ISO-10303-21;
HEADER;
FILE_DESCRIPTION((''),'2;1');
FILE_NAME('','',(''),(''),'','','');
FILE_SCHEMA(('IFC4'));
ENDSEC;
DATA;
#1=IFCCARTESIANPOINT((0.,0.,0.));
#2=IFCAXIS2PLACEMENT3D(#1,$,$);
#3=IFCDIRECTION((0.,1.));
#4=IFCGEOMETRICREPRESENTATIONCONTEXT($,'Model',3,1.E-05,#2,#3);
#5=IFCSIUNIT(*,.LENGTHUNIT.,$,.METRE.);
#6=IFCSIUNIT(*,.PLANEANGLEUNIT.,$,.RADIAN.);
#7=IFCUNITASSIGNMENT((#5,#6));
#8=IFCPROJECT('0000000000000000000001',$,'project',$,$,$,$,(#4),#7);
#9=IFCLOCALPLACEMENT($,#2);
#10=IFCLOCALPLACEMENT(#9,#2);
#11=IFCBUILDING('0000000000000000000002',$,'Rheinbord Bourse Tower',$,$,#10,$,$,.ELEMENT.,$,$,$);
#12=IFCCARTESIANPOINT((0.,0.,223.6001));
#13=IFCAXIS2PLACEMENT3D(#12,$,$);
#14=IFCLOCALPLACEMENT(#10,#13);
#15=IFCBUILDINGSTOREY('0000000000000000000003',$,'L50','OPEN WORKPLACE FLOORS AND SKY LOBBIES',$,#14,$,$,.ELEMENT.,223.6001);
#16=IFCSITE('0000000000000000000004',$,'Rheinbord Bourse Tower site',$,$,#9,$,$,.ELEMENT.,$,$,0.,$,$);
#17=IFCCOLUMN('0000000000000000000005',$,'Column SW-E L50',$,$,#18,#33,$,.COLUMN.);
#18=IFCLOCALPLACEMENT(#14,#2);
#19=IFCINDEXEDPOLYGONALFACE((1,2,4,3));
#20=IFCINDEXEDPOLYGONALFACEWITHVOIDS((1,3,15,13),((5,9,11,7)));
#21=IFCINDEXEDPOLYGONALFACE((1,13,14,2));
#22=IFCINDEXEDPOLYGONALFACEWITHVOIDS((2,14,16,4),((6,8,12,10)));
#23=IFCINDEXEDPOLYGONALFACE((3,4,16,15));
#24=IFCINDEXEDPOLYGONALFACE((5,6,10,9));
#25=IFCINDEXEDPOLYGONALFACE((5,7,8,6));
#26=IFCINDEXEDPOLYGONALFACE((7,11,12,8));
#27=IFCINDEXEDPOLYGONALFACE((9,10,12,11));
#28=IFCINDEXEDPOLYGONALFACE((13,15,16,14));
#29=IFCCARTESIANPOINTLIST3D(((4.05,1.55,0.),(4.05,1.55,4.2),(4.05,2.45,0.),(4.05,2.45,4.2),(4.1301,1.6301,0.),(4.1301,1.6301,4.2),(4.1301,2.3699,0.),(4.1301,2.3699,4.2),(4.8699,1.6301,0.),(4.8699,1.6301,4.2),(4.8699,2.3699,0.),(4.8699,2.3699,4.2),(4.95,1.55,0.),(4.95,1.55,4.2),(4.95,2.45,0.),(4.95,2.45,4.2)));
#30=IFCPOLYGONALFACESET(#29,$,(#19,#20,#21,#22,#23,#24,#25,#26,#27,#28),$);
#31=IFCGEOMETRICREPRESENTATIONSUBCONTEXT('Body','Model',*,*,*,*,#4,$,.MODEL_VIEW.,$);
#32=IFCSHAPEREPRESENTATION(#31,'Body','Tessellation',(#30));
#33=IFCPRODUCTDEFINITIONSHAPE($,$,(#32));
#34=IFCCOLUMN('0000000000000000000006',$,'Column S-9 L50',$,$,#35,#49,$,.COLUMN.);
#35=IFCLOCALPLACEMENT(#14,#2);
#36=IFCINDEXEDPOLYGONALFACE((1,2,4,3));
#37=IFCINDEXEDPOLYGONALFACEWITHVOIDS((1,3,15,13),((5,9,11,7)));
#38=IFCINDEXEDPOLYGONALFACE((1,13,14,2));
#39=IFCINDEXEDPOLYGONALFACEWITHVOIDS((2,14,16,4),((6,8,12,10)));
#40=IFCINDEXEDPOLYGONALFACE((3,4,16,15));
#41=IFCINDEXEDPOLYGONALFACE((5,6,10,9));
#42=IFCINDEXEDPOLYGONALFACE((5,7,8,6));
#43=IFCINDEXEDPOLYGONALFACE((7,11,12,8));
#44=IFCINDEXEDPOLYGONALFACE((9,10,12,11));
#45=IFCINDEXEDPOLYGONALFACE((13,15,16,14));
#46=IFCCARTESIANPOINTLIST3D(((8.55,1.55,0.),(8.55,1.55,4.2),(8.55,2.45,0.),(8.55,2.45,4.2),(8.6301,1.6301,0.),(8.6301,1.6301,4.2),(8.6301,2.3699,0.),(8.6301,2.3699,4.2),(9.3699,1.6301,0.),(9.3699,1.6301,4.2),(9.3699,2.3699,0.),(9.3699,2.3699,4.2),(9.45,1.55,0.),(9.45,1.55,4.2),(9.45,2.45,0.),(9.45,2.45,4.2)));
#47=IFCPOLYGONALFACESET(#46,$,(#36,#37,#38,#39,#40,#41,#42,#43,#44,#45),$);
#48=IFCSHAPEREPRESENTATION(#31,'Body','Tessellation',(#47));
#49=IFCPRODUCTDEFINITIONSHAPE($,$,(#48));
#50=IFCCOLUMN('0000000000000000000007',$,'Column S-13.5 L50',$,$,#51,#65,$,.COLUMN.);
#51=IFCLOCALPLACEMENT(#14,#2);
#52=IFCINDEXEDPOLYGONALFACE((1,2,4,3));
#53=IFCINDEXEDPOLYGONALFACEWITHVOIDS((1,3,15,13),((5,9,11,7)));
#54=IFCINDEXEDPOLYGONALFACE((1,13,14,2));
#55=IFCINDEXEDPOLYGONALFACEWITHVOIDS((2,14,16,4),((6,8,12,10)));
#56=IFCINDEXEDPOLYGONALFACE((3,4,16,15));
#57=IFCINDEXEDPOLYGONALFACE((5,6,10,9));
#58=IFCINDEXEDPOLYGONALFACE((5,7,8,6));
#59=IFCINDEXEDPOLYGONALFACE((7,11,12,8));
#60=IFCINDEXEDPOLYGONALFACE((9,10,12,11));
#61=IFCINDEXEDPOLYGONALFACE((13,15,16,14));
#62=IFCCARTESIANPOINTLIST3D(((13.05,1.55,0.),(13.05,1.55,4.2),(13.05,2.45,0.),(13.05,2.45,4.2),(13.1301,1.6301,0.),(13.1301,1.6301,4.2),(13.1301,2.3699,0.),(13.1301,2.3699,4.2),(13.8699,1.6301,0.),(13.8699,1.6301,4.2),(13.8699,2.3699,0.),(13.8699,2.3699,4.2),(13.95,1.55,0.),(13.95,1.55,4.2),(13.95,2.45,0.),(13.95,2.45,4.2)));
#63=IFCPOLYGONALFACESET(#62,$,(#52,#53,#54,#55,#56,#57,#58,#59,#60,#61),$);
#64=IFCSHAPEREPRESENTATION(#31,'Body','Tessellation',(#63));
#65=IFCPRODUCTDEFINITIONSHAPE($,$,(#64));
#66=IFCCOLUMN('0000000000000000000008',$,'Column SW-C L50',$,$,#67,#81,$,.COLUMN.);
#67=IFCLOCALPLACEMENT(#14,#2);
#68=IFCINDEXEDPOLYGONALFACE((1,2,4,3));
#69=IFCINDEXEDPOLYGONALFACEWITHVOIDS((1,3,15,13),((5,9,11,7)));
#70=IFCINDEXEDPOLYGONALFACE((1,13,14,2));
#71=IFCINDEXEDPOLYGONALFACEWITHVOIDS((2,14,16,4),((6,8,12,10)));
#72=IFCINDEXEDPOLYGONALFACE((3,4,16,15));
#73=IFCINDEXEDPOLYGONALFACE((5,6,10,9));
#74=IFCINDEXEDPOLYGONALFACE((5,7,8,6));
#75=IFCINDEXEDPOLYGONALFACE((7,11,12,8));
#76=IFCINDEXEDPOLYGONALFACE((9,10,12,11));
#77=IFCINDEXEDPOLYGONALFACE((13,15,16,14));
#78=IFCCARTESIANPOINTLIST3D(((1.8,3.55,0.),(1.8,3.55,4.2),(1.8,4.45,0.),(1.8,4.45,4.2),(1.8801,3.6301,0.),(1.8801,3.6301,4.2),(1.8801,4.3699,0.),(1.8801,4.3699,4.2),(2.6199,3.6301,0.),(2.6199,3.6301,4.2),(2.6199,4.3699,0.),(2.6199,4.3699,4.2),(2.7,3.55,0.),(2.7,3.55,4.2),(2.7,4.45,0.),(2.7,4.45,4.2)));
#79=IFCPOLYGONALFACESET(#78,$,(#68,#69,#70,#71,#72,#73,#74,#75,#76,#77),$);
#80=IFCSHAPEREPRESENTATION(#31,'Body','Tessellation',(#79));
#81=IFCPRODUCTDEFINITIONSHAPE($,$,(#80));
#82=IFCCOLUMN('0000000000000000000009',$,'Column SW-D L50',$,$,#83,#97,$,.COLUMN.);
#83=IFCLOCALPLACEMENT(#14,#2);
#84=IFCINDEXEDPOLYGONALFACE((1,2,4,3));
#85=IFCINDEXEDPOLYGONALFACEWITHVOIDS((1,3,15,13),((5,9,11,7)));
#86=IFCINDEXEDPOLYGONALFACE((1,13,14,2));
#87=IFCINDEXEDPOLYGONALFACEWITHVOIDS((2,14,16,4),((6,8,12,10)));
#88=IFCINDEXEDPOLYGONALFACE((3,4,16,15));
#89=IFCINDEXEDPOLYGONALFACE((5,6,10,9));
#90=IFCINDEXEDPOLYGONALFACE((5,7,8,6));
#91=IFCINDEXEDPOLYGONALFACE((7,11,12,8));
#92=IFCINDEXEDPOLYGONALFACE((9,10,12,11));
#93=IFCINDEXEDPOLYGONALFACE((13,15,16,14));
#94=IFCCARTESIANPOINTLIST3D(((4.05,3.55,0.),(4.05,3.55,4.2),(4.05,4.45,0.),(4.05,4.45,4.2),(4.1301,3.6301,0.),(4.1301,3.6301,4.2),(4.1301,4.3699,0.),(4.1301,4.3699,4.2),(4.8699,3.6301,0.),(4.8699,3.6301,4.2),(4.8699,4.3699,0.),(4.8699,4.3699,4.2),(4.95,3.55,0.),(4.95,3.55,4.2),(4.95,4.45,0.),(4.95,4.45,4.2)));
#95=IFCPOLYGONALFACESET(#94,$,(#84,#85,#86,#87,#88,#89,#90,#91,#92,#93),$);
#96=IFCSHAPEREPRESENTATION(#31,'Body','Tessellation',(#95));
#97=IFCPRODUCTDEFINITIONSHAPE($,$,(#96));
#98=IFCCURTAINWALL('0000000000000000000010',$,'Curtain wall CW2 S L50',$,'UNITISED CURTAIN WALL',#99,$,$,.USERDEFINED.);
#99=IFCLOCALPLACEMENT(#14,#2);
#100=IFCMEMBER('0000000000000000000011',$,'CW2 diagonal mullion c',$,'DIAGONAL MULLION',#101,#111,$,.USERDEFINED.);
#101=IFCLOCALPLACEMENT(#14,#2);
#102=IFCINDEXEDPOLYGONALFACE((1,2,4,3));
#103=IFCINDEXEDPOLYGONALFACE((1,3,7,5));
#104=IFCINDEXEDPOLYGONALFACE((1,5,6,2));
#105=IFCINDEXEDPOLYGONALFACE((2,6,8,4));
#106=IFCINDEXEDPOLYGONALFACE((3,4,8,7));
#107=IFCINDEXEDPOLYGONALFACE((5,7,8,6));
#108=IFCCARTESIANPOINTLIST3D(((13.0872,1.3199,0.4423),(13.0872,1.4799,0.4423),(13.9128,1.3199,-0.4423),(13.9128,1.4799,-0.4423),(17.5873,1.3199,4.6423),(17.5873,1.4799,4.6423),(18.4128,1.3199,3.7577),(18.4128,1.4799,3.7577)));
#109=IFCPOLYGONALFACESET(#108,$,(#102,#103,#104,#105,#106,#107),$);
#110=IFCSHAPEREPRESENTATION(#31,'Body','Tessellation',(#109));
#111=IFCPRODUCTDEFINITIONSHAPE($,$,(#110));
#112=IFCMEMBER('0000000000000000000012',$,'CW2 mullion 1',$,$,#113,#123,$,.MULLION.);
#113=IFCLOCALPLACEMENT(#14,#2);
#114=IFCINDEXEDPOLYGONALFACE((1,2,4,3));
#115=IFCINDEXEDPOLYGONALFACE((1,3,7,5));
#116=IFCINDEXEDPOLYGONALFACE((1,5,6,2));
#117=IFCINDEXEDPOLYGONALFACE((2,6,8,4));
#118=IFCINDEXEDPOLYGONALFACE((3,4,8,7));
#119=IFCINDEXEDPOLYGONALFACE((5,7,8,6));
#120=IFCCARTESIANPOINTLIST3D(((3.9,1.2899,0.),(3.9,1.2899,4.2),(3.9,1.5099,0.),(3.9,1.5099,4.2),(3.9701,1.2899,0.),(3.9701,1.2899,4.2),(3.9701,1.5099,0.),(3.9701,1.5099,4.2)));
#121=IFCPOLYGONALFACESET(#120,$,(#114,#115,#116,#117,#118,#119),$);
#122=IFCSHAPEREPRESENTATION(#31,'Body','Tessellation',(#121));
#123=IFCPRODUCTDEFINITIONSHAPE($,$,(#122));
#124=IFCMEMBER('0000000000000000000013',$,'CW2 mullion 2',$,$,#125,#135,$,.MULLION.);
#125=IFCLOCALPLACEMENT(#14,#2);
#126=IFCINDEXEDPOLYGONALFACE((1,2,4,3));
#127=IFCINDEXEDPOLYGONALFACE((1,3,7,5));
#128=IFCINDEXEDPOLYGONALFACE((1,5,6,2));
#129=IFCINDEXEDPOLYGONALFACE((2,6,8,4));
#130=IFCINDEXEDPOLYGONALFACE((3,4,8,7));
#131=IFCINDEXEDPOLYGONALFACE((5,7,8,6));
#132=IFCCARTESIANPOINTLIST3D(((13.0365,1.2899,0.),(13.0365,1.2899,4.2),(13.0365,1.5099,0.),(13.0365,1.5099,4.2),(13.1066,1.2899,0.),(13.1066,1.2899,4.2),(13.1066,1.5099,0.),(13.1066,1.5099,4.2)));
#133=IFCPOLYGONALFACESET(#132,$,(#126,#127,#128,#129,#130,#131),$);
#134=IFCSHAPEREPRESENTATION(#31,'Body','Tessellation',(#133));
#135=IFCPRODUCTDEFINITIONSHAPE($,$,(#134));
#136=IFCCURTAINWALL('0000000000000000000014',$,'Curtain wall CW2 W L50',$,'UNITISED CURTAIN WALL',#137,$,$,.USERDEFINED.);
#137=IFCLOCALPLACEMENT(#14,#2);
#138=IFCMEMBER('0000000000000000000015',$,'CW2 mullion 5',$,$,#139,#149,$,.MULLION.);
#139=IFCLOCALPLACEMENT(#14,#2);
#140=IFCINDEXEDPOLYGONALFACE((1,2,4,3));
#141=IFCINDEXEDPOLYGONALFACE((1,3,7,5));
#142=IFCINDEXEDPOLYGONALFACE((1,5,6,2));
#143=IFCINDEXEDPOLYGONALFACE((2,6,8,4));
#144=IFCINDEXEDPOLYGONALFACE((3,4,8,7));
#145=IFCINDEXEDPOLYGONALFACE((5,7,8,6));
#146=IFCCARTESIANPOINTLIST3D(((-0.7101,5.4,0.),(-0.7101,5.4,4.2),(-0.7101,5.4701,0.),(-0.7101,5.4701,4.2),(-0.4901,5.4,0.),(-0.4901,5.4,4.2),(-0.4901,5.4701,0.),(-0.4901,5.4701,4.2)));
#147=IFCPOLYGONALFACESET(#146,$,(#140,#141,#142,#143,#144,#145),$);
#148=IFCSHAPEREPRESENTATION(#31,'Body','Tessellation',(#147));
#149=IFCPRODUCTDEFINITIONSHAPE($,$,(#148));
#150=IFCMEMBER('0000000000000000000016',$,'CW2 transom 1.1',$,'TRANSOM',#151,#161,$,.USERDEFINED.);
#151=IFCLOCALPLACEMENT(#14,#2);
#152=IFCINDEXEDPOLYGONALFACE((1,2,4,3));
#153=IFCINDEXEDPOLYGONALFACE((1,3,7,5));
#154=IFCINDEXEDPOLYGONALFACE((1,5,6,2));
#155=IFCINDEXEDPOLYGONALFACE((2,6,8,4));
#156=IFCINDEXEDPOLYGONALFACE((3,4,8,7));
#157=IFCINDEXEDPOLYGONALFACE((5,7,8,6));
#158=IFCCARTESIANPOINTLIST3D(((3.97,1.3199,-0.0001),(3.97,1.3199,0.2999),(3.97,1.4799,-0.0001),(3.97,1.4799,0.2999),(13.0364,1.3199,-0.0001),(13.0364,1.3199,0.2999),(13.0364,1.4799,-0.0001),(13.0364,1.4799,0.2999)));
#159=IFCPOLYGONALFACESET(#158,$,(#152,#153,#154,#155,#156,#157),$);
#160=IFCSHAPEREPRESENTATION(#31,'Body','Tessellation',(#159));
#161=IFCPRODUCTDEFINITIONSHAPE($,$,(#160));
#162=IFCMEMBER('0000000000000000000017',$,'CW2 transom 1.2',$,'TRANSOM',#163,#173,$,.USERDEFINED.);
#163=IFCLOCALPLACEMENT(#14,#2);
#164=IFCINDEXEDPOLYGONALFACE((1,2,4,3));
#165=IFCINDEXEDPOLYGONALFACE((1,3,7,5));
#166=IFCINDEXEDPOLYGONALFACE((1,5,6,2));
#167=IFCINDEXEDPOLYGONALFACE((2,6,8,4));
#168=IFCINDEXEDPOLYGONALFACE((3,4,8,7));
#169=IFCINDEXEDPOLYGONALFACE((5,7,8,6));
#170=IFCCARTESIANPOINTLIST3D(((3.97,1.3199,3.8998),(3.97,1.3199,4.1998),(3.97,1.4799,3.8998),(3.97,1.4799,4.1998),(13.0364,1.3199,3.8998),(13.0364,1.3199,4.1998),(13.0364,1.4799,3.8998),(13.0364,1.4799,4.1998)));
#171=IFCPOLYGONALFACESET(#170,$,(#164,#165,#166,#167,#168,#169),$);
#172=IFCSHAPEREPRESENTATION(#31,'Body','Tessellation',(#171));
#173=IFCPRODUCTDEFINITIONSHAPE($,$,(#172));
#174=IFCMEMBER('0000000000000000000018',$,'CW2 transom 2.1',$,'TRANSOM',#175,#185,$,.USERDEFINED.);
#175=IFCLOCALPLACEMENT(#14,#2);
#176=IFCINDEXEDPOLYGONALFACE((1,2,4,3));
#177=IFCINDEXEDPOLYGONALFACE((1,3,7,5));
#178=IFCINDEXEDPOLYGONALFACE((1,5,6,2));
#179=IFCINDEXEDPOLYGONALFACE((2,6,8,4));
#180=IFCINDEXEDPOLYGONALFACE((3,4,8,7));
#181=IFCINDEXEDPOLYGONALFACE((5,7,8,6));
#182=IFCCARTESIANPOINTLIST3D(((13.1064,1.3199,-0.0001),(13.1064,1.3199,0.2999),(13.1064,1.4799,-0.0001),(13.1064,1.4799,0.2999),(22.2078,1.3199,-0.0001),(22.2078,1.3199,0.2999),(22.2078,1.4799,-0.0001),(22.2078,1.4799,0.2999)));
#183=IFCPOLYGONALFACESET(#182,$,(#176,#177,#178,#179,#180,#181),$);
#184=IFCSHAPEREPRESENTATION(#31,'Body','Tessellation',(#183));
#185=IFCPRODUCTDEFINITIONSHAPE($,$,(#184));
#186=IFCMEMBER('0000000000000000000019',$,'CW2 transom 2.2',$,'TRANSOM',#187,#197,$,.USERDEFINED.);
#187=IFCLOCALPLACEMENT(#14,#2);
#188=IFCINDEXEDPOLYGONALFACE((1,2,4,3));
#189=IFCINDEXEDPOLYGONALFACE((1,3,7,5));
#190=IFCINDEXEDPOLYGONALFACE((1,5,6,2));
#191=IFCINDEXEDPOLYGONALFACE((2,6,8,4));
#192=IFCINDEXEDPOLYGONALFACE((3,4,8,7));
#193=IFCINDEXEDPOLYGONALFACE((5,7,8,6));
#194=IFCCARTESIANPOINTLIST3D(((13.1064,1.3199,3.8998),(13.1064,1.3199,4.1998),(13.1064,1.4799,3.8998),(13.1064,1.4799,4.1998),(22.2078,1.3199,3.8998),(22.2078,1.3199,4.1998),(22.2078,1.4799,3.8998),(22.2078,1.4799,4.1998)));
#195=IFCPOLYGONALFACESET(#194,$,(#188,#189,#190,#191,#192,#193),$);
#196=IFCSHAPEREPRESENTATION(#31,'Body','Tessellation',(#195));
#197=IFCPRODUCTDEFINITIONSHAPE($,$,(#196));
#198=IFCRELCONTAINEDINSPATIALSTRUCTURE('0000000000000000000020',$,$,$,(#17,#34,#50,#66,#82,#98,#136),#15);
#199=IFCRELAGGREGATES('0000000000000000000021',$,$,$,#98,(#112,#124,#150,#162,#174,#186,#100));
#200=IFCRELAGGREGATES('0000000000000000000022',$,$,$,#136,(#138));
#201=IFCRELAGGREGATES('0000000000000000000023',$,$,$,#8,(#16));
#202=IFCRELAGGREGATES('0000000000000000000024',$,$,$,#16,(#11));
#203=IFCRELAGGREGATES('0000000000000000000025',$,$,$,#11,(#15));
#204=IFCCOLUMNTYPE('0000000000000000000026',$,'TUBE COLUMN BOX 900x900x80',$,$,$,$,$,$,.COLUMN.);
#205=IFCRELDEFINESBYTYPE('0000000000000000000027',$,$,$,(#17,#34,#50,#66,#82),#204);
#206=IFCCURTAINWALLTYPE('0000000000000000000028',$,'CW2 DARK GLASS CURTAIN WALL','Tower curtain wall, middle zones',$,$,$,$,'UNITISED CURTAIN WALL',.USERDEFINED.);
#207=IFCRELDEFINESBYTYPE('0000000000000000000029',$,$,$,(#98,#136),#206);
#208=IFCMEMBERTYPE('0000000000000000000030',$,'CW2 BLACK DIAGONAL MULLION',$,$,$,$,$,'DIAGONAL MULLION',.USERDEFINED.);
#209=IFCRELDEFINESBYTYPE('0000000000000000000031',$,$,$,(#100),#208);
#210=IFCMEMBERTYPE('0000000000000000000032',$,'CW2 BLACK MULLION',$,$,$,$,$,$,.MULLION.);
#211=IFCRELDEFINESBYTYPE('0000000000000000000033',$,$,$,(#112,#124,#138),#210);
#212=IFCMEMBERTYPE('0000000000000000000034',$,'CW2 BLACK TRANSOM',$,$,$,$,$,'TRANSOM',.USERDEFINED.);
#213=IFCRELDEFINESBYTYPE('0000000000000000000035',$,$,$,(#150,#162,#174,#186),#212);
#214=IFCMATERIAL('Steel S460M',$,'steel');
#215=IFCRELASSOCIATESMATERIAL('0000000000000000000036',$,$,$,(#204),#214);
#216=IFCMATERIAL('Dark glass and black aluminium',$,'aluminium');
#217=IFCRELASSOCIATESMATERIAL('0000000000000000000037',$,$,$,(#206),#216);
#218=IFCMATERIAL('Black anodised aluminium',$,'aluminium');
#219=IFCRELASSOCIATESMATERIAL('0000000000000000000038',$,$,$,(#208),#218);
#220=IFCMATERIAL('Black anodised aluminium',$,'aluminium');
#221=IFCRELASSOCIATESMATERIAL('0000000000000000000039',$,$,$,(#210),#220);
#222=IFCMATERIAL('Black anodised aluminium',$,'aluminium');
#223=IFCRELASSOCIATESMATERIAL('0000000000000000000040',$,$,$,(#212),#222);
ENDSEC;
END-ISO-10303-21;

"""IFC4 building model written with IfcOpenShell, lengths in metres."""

from ifc_helpers import new_model, si_unit, direction, frame, origin, origin_2d, place, context, subcontext, project, spatial, rectangle, hollow_rectangle, extrude, material, material_profile, profile_set, type_object, element, aggregate, save


model = new_model("IFC4")

# Units and contexts
model_context = context("Model", 3, precision=1e-05, world=origin(), true_north=direction((0.0, 1.0)))
body_context = subcontext(model_context, "Body", "Model", "MODEL_VIEW")
ifc_project = project(units=[si_unit("LENGTHUNIT", "METRE"), si_unit("PLANEANGLEUNIT", "RADIAN")], contexts=[model_context])

# Site, building, storey
site_placement = place(None, origin())
site = spatial("IfcSite", under=ifc_project, at=site_placement, Name="Rheinbord Bourse Tower site", CompositionType="ELEMENT", RefElevation=0.0)
building_placement = place(site_placement, origin())
building = spatial("IfcBuilding", under=site, at=building_placement, Name="Rheinbord Bourse Tower", CompositionType="ELEMENT")
storey_placement = place(building_placement, frame((0.0, 0.0, 223.6001)))
storey = spatial("IfcBuildingStorey", under=building, at=storey_placement, Name="L50", Description="OPEN WORKPLACE FLOORS AND SKY LOBBIES", CompositionType="ELEMENT", Elevation=223.6001)

# Columns
ifc_material_1 = material(Name="Steel S460M", Category="steel")
ifc_material_profile_1 = material_profile(ifc_material_1, hollow_rectangle(XDim=0.8999, YDim=0.8999, WallThickness=0.0801, at=origin_2d()), Name="BOX 900x900x80")
ifc_profile_set_1 = profile_set([ifc_material_profile_1], Name="Steel S460M")
column_type = type_object("IfcColumnType", Name="TUBE COLUMN BOX 900x900x80", PredefinedType="COLUMN", material=ifc_profile_set_1)
for number, where, z_axis, x_axis, name in (
    (1, (4.5, 2.0, 0.0), (0.0, 0.0, 1.0), (0.0, 1.0, 0.0), "Column SW-E L50"),
    (2, (9.0, 2.0, 0.0), (0.0, 0.0, 1.0), (0.0, 1.0, 0.0), "Column S-9 L50"),
    (3, (13.5, 2.0, 0.0), (0.0, 0.0, 1.0), (0.0, 1.0, 0.0), "Column S-13.5 L50"),
    (4, (2.25, 4.0, 0.0), (0.0, 0.0, 1.0), (1.0, 0.0, 0.0), "Column SW-C L50"),
    (5, (4.5, 4.0, 0.0), (0.0, 0.0, 1.0), (0.0, 1.0, 0.0), "Column SW-D L50"),
):
    element("IfcColumn", number, at=place(storey_placement, frame(where, z_axis=z_axis, x_axis=x_axis)), inside=storey, type_object=column_type, Name=name, PredefinedType="COLUMN", context=body_context, shape_type="SweptSolid", body=[
        extrude(hollow_rectangle(XDim=0.8999, YDim=0.8999, WallThickness=0.0801, at=origin_2d()), origin(), (0.0, 0.0, 1.0), 4.2),
    ])

# Curtain wall, members
ifc_material_2 = material(Name="Dark glass and black aluminium", Category="aluminium")
curtain_wall_type = type_object("IfcCurtainWallType", Name="CW2 DARK GLASS CURTAIN WALL", Description="Tower curtain wall, middle zones", ElementType="UNITISED CURTAIN WALL", PredefinedType="USERDEFINED", material=ifc_material_2)
curtain_wall_1_placement = place(storey_placement, origin())
curtain_wall_1 = element("IfcCurtainWall", 6, at=curtain_wall_1_placement, inside=storey, type_object=curtain_wall_type, Name="Curtain wall CW2 S L50", ObjectType="UNITISED CURTAIN WALL", PredefinedType="USERDEFINED")
ifc_material_3 = material(Name="Black anodised aluminium", Category="aluminium")
ifc_material_profile_2 = material_profile(ifc_material_3, rectangle(XDim=0.1599, YDim=1.21, at=origin_2d()), Name="CW2 DIAGONAL MULLION 1210x160")
ifc_profile_set_2 = profile_set([ifc_material_profile_2], Name="Black anodised aluminium")
member_type_1 = type_object("IfcMemberType", Name="CW2 BLACK DIAGONAL MULLION", ElementType="DIAGONAL MULLION", PredefinedType="USERDEFINED", material=ifc_profile_set_2)
member_1_placement = place(storey_placement, frame((13.5, 1.3999, 0.0), z_axis=(0.731059, 0.0, 0.682314), x_axis=(0.0, 1.0, 0.0)))
member_1 = element("IfcMember", 7, at=member_1_placement, type_object=member_type_1, Name="CW2 diagonal mullion c", ObjectType="DIAGONAL MULLION", PredefinedType="USERDEFINED", context=body_context, shape_type="SweptSolid", body=[
    extrude(rectangle(XDim=0.1599, YDim=1.21, at=origin_2d()), origin(), (0.0, 0.0, 1.0), 6.1555),
])
ifc_material_4 = material(Name="Black anodised aluminium", Category="aluminium")
ifc_material_profile_3 = material_profile(ifc_material_4, rectangle(XDim=0.22, YDim=0.0701, at=origin_2d()), Name="CW2 MULLION 70x220")
ifc_profile_set_3 = profile_set([ifc_material_profile_3], Name="Black anodised aluminium")
member_type_2 = type_object("IfcMemberType", Name="CW2 BLACK MULLION", PredefinedType="MULLION", material=ifc_profile_set_3)
member_2_placement = place(storey_placement, frame((3.9351, 1.3999, 0.0), z_axis=(0.0, 0.0, 1.0), x_axis=(0.0, 1.0, 0.0)))
member_2 = element("IfcMember", 8, at=member_2_placement, type_object=member_type_2, Name="CW2 mullion 1", PredefinedType="MULLION", context=body_context, shape_type="SweptSolid", body=[
    extrude(rectangle(XDim=0.22, YDim=0.0701, at=origin_2d()), origin(), (0.0, 0.0, 1.0), 4.2),
])
member_3_placement = place(storey_placement, frame((13.0715, 1.3999, 0.0), z_axis=(0.0, 0.0, 1.0), x_axis=(0.0, 1.0, 0.0)))
member_3 = element("IfcMember", 9, at=member_3_placement, type_object=member_type_2, Name="CW2 mullion 2", PredefinedType="MULLION", context=body_context, shape_type="SweptSolid", body=[
    extrude(rectangle(XDim=0.22, YDim=0.0701, at=origin_2d()), origin(), (0.0, 0.0, 1.0), 4.2),
])

# Curtain wall, member
curtain_wall_2_placement = place(storey_placement, origin())
curtain_wall_2 = element("IfcCurtainWall", 10, at=curtain_wall_2_placement, inside=storey, type_object=curtain_wall_type, Name="Curtain wall CW2 W L50", ObjectType="UNITISED CURTAIN WALL", PredefinedType="USERDEFINED")
member_4_placement = place(storey_placement, frame((-0.6001, 5.4351, 0.0), z_axis=(0.0, 0.0, 1.0), x_axis=(1.0, 0.0, 0.0)))
member_4 = element("IfcMember", 11, at=member_4_placement, type_object=member_type_2, Name="CW2 mullion 5", PredefinedType="MULLION", context=body_context, shape_type="SweptSolid", body=[
    extrude(rectangle(XDim=0.22, YDim=0.0701, at=origin_2d()), origin(), (0.0, 0.0, 1.0), 4.2),
])

# Members
ifc_material_5 = material(Name="Black anodised aluminium", Category="aluminium")
ifc_material_profile_4 = material_profile(ifc_material_5, rectangle(XDim=0.1599, YDim=0.3, at=origin_2d()), Name="CW2 TRANSOM 300x160")
ifc_profile_set_4 = profile_set([ifc_material_profile_4], Name="Black anodised aluminium")
member_type_3 = type_object("IfcMemberType", Name="CW2 BLACK TRANSOM", ElementType="TRANSOM", PredefinedType="USERDEFINED", material=ifc_profile_set_4)
member_5_placement = place(storey_placement, frame((3.97, 1.3999, 0.1499), z_axis=(1.0, 0.0, 0.0), x_axis=(0.0, 1.0, 0.0)))
member_5 = element("IfcMember", 12, at=member_5_placement, type_object=member_type_3, Name="CW2 transom 1.1", ObjectType="TRANSOM", PredefinedType="USERDEFINED", context=body_context, shape_type="SweptSolid", body=[
    extrude(rectangle(XDim=0.1599, YDim=0.3, at=origin_2d()), origin(), (0.0, 0.0, 1.0), 9.0664),
])
member_6_placement = place(storey_placement, frame((3.97, 1.3999, 4.0498), z_axis=(1.0, 0.0, 0.0), x_axis=(0.0, 1.0, 0.0)))
member_6 = element("IfcMember", 13, at=member_6_placement, type_object=member_type_3, Name="CW2 transom 1.2", ObjectType="TRANSOM", PredefinedType="USERDEFINED", context=body_context, shape_type="SweptSolid", body=[
    extrude(rectangle(XDim=0.1599, YDim=0.3, at=origin_2d()), origin(), (0.0, 0.0, 1.0), 9.0664),
])
member_7_placement = place(storey_placement, frame((13.1064, 1.3999, 0.1499), z_axis=(1.0, 0.0, 0.0), x_axis=(0.0, 1.0, 0.0)))
member_7 = element("IfcMember", 14, at=member_7_placement, type_object=member_type_3, Name="CW2 transom 2.1", ObjectType="TRANSOM", PredefinedType="USERDEFINED", context=body_context, shape_type="SweptSolid", body=[
    extrude(rectangle(XDim=0.1599, YDim=0.3, at=origin_2d()), origin(), (0.0, 0.0, 1.0), 9.1013),
])
member_8_placement = place(storey_placement, frame((13.1064, 1.3999, 4.0498), z_axis=(1.0, 0.0, 0.0), x_axis=(0.0, 1.0, 0.0)))
member_8 = element("IfcMember", 15, at=member_8_placement, type_object=member_type_3, Name="CW2 transom 2.2", ObjectType="TRANSOM", PredefinedType="USERDEFINED", context=body_context, shape_type="SweptSolid", body=[
    extrude(rectangle(XDim=0.1599, YDim=0.3, at=origin_2d()), origin(), (0.0, 0.0, 1.0), 9.1013),
])

aggregate(curtain_wall_1, [member_2, member_3, member_5, member_6, member_7, member_8, member_1])
aggregate(curtain_wall_2, [member_4])

save(model, "model.ifc")
